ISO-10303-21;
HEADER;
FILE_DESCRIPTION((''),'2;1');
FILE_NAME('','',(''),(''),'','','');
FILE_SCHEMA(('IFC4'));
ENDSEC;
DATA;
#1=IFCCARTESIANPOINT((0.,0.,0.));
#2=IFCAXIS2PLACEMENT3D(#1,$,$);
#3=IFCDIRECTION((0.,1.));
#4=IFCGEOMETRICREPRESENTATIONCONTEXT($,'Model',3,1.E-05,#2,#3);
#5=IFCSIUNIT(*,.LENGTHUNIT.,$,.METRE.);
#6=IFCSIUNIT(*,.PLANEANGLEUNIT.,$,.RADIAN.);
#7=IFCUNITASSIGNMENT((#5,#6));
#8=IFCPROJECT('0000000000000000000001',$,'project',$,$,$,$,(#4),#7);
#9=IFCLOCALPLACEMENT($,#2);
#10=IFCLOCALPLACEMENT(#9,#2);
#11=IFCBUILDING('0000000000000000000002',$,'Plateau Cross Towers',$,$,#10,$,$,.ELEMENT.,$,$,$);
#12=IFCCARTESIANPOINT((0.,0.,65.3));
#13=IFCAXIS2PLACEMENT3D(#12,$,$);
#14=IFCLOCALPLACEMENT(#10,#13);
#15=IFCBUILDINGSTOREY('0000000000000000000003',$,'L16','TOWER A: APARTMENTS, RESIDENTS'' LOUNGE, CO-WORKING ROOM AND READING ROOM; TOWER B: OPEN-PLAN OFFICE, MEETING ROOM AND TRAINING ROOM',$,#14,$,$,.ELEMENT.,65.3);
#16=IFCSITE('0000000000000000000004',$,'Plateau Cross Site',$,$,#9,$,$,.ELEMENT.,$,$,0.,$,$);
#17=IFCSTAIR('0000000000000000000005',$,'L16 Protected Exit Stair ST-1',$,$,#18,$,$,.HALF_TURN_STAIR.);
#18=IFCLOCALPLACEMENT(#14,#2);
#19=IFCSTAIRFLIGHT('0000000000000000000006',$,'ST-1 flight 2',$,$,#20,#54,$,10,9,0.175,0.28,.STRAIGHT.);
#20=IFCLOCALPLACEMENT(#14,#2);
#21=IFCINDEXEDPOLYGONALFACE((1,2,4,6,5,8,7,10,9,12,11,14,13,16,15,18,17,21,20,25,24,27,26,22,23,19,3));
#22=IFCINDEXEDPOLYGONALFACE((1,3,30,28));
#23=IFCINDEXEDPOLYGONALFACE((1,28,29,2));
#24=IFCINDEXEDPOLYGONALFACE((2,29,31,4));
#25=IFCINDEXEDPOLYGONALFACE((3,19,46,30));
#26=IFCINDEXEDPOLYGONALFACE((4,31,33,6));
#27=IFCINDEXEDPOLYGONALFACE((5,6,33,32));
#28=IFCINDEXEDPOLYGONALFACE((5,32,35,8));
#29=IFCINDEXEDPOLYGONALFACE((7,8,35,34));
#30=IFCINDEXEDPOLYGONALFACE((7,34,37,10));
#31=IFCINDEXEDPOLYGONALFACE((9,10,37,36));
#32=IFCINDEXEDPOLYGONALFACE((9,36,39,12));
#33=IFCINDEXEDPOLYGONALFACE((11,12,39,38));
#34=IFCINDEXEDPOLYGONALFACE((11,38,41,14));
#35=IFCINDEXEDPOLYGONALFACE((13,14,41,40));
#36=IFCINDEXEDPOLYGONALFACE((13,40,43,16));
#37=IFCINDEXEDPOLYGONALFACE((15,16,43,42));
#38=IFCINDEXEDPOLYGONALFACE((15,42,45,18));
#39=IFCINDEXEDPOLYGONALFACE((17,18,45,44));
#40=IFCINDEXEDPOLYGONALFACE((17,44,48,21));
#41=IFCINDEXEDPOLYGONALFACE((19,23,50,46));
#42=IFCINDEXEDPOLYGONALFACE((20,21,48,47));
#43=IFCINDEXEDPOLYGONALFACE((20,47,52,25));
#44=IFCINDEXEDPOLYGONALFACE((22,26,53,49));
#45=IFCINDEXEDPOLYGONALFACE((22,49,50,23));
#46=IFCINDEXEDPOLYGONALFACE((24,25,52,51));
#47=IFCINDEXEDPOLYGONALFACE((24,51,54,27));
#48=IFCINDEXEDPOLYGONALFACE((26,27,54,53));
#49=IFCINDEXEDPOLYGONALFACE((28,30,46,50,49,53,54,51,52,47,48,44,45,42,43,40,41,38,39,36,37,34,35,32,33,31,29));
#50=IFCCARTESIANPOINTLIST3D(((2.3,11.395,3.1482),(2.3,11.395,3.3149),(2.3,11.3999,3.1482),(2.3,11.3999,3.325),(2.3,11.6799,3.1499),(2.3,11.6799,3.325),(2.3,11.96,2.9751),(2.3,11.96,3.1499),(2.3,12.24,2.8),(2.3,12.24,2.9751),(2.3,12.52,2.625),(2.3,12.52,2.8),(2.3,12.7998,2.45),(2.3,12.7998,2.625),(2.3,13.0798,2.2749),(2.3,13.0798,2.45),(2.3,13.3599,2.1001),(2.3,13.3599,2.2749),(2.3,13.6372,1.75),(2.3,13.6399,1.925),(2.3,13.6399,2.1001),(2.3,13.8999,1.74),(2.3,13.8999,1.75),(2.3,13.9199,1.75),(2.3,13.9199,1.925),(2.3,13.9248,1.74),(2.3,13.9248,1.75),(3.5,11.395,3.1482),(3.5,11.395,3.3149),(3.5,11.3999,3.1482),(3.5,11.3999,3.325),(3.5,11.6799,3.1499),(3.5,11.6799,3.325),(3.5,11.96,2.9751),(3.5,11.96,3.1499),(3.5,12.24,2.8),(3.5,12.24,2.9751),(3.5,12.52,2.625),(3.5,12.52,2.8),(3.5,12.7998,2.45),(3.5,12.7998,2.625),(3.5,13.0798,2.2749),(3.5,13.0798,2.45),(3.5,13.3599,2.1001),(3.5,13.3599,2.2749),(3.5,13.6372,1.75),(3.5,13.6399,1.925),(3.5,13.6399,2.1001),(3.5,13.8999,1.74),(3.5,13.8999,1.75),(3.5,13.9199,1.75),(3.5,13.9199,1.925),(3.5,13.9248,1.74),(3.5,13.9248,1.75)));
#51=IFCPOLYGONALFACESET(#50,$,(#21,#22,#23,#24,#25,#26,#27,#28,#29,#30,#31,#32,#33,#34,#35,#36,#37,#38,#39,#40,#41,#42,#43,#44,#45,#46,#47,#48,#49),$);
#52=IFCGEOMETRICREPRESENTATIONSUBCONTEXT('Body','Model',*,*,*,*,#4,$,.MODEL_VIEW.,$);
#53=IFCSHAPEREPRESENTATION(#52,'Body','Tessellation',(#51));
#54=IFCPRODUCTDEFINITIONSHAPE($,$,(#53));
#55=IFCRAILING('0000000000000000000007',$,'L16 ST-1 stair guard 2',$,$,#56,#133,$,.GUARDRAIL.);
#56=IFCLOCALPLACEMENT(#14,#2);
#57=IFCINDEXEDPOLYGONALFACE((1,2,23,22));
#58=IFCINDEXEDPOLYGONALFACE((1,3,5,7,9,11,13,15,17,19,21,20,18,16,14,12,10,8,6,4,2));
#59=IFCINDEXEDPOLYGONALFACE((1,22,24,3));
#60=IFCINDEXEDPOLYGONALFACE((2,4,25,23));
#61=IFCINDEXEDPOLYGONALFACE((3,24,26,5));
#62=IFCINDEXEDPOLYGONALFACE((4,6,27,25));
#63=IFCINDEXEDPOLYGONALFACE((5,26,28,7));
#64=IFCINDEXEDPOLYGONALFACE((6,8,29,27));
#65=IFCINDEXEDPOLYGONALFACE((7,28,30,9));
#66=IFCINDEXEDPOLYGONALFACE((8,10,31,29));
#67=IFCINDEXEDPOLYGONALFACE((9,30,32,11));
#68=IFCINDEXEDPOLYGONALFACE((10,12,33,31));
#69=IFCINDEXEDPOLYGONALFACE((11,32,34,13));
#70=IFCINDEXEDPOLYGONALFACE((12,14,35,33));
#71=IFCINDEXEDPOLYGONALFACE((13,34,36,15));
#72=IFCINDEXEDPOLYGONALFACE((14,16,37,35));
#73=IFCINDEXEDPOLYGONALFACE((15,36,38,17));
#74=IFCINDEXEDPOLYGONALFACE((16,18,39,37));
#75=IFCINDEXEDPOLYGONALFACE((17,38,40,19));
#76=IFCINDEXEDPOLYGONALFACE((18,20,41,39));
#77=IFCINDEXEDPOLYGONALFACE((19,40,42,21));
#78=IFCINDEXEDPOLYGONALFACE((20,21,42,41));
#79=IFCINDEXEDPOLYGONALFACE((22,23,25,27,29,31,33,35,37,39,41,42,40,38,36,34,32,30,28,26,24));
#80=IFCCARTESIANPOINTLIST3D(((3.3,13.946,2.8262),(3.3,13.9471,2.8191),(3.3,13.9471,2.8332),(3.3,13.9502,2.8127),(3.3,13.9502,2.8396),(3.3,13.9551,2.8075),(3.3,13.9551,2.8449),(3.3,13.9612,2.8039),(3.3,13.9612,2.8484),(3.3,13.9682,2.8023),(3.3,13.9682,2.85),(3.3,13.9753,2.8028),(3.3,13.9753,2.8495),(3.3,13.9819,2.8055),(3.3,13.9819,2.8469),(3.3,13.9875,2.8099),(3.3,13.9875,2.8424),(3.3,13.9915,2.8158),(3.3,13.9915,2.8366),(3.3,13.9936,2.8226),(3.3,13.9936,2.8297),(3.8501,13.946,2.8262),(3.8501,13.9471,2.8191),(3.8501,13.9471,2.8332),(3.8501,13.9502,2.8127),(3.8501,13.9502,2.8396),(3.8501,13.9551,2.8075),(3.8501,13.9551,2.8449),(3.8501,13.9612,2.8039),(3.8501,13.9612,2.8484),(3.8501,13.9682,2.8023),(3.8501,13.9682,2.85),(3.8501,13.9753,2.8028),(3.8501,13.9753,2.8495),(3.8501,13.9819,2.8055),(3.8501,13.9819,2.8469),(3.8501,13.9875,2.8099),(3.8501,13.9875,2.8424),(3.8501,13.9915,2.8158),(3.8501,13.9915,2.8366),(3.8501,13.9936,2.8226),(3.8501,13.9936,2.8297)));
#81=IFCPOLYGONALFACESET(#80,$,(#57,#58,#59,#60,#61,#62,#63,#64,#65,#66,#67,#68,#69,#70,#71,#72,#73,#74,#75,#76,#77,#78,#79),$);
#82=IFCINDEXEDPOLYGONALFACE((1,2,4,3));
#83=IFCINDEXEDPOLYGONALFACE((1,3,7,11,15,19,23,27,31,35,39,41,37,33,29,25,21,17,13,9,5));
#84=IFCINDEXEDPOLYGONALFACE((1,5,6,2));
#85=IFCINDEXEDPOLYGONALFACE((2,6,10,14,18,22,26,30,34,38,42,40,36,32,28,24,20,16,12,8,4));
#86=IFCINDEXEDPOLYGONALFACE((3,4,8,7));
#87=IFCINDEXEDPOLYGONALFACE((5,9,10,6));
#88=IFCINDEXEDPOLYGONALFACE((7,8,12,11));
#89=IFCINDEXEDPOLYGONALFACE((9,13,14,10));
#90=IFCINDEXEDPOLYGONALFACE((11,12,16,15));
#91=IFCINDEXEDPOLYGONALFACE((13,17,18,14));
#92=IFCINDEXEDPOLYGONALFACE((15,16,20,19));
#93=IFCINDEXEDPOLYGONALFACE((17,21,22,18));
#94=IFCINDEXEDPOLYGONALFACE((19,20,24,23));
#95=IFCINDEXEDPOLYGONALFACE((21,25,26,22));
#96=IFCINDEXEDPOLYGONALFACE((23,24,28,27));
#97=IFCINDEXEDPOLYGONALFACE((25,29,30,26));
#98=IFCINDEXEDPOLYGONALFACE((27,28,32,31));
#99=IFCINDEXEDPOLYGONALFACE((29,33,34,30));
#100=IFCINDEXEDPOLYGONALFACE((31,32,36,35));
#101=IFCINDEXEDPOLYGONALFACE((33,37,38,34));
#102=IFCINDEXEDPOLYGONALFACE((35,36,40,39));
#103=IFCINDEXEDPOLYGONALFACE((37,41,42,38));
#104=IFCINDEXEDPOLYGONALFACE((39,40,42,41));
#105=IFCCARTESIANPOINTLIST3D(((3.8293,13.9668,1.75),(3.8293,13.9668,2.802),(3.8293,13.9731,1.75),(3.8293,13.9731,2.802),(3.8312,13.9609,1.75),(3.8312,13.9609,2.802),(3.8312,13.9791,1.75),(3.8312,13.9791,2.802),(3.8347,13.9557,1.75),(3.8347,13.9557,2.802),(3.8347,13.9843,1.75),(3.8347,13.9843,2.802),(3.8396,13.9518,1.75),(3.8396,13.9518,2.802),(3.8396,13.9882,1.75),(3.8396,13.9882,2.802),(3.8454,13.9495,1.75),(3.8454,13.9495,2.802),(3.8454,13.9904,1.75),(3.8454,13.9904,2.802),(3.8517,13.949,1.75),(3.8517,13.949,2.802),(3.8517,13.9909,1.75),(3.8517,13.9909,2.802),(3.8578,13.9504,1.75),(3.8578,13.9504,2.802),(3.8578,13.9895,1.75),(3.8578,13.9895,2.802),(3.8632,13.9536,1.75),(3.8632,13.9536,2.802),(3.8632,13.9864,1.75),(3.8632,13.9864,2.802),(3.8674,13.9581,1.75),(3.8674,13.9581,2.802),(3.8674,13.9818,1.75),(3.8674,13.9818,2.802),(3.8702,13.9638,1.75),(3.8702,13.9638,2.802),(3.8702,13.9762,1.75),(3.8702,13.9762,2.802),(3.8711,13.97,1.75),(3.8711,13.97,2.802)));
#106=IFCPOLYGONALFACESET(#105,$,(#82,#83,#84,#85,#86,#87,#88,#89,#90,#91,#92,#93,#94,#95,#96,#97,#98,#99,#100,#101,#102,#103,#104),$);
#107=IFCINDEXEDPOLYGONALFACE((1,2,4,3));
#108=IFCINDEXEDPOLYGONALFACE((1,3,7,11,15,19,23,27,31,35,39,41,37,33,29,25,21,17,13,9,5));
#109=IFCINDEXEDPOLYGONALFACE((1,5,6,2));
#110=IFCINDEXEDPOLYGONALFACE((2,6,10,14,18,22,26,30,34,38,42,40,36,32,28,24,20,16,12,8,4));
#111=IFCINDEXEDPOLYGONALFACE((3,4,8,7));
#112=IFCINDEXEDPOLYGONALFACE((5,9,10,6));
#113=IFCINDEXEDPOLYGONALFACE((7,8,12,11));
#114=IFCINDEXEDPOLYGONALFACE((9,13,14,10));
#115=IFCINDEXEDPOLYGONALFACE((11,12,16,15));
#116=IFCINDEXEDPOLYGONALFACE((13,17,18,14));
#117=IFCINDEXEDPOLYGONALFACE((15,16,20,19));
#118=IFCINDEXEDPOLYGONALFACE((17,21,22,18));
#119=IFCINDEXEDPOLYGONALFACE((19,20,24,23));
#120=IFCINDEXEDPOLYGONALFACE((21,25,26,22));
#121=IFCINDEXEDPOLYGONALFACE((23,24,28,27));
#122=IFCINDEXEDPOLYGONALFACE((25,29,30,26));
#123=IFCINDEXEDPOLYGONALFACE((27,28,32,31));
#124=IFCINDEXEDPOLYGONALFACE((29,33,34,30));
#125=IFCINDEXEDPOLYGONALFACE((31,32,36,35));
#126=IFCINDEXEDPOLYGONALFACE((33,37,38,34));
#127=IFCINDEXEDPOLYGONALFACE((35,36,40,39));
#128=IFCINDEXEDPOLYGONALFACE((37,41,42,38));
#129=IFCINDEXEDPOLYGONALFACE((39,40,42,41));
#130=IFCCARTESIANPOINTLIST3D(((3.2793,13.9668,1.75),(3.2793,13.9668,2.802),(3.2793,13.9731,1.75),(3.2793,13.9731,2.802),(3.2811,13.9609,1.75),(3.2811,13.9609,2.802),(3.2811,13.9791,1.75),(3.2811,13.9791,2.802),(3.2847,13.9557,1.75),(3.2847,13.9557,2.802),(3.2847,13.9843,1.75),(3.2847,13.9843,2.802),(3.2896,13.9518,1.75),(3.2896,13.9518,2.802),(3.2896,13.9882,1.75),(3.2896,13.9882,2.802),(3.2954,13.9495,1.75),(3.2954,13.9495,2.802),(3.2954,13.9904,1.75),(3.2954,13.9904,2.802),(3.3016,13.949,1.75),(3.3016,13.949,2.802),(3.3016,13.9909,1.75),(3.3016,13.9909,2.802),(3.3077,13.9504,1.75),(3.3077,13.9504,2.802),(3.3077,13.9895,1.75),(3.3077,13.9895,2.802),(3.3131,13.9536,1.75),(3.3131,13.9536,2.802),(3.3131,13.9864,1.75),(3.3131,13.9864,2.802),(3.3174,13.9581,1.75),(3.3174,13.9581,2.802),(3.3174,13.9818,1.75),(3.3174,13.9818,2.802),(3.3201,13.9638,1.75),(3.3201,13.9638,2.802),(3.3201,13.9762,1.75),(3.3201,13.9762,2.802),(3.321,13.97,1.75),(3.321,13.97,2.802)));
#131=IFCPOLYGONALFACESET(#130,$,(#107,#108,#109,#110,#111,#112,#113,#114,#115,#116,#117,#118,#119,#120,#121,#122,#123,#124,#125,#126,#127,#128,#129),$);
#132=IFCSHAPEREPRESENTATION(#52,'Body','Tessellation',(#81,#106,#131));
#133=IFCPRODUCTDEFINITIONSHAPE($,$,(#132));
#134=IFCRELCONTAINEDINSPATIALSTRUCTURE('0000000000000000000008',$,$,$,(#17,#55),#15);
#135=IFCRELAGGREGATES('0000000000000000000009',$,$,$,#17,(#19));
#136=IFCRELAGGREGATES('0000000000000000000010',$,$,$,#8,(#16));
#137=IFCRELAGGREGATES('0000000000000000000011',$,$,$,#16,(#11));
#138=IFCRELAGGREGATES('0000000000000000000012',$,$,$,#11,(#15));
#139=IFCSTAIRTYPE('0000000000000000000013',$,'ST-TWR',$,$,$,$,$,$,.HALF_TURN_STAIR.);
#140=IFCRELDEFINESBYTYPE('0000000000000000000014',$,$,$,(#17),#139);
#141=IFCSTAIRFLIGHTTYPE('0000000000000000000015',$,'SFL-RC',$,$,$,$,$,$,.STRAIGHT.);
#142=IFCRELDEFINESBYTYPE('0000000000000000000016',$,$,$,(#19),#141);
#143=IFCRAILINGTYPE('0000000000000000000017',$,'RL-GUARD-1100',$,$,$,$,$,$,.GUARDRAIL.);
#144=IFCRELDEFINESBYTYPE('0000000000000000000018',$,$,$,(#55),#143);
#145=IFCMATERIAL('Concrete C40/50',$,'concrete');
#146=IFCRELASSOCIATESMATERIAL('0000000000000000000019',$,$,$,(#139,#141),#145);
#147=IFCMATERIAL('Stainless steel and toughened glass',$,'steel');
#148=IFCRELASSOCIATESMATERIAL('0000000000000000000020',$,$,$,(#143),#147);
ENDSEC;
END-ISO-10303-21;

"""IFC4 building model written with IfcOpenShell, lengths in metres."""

from ifc_helpers import new_model, si_unit, direction, frame, origin, origin_2d, place, context, subcontext, project, spatial, polyline, circle, outline, extrude, material, type_object, element, aggregate, save


model = new_model("IFC4")

# Units and contexts
model_context = context("Model", 3, precision=1e-05, world=origin(), true_north=direction((0.0, 1.0)))
body_context = subcontext(model_context, "Body", "Model", "MODEL_VIEW")
ifc_project = project(units=[si_unit("LENGTHUNIT", "METRE"), si_unit("PLANEANGLEUNIT", "RADIAN")], contexts=[model_context])

# Site, building, storey
site_placement = place(None, origin())
site = spatial("IfcSite", under=ifc_project, at=site_placement, Name="Plateau Cross Site", CompositionType="ELEMENT", RefElevation=0.0)
building_placement = place(site_placement, origin())
building = spatial("IfcBuilding", under=site, at=building_placement, Name="Plateau Cross Towers", CompositionType="ELEMENT")
storey_placement = place(building_placement, frame((0.0, 0.0, 65.3)))
storey = spatial("IfcBuildingStorey", under=building, at=storey_placement, Name="L16", Description="TOWER A: APARTMENTS, RESIDENTS' LOUNGE, CO-WORKING ROOM AND READING ROOM; TOWER B: OPEN-PLAN OFFICE, MEETING ROOM AND TRAINING ROOM", CompositionType="ELEMENT", Elevation=65.3)

# Stair, stair flight
ifc_material_1 = material(Name="Concrete C40/50", Category="concrete")
stair_type = type_object("IfcStairType", Name="ST-TWR", PredefinedType="HALF_TURN_STAIR", material=ifc_material_1)
stair_placement = place(storey_placement, origin())
stair = element("IfcStair", 1, at=stair_placement, inside=storey, type_object=stair_type, Name="L16 Protected Exit Stair ST-1", PredefinedType="HALF_TURN_STAIR")
stair_flight_type = type_object("IfcStairFlightType", Name="SFL-RC", PredefinedType="STRAIGHT", material=ifc_material_1)
stair_flight_1_placement = place(storey_placement, frame((2.8999, 13.9199, 1.75), z_axis=(0.0, 0.0, 1.0), x_axis=(0.0, -1.0, 0.0)))
stair_flight_1 = element("IfcStairFlight", 2, at=stair_flight_1_placement, type_object=stair_flight_type, Name="ST-1 flight 2", NumberOfRisers=10, NumberOfTreads=9, PredefinedType="STRAIGHT", RiserHeight=0.175, TreadLength=0.28, context=body_context, shape_type="SweptSolid", body=[
    extrude(outline(polyline([(-0.0049, -0.01), (-0.0049, 0.0), (0.0, 0.0), (0.0, 0.175), (0.28, 0.175), (0.28, 0.3501), (0.5601, 0.3501), (0.5601, 0.5249), (0.8401, 0.5249), (0.8401, 0.7), (1.1201, 0.7), (1.1201, 0.875), (1.3999, 0.875), (1.3999, 1.05), (1.6799, 1.05), (1.6799, 1.2251), (1.96, 1.2251), (1.96, 1.3999), (2.24, 1.3999), (2.24, 1.575), (2.52, 1.575), (2.5249, 1.5649), (2.5249, 1.3982), (2.52, 1.3982), (0.2827, 0.0), (0.02, 0.0), (0.02, -0.01), (-0.0049, -0.01)])), frame((0.0, 0.6001, 0.0), z_axis=(0.0, -1.0, 0.0), x_axis=(1.0, 0.0, 0.0)), (0.0, 0.0, 1.0), 1.2),
])
aggregate(stair, [stair_flight_1])

# Railing
ifc_material_2 = material(Name="Stainless steel and toughened glass", Category="steel")
railing_type_1 = type_object("IfcRailingType", Name="RL-GUARD-1100", PredefinedType="GUARDRAIL", material=ifc_material_2)
railing_1_placement = place(storey_placement, frame((3.8501, 13.97, 1.75)))
element("IfcRailing", 3, at=railing_1_placement, inside=storey, type_object=railing_type_1, Name="L16 ST-1 stair guard 2", PredefinedType="GUARDRAIL", context=body_context, shape_type="SweptSolid", body=[
    extrude(circle(Radius=0.0239, at=origin_2d()), frame((0.0, 0.0, 1.0762), z_axis=(-1.0, 0.0, 0.0), x_axis=(0.0, -1.0, 0.0)), (0.0, 0.0, 1.0), 0.55),
    extrude(circle(Radius=0.021, at=origin_2d()), origin(), (0.0, 0.0, 1.0), 1.052),
    extrude(circle(Radius=0.021, at=origin_2d()), frame((-0.55, 0.0, 0.0)), (0.0, 0.0, 1.0), 1.052),
])

save(model, "model.ifc")
